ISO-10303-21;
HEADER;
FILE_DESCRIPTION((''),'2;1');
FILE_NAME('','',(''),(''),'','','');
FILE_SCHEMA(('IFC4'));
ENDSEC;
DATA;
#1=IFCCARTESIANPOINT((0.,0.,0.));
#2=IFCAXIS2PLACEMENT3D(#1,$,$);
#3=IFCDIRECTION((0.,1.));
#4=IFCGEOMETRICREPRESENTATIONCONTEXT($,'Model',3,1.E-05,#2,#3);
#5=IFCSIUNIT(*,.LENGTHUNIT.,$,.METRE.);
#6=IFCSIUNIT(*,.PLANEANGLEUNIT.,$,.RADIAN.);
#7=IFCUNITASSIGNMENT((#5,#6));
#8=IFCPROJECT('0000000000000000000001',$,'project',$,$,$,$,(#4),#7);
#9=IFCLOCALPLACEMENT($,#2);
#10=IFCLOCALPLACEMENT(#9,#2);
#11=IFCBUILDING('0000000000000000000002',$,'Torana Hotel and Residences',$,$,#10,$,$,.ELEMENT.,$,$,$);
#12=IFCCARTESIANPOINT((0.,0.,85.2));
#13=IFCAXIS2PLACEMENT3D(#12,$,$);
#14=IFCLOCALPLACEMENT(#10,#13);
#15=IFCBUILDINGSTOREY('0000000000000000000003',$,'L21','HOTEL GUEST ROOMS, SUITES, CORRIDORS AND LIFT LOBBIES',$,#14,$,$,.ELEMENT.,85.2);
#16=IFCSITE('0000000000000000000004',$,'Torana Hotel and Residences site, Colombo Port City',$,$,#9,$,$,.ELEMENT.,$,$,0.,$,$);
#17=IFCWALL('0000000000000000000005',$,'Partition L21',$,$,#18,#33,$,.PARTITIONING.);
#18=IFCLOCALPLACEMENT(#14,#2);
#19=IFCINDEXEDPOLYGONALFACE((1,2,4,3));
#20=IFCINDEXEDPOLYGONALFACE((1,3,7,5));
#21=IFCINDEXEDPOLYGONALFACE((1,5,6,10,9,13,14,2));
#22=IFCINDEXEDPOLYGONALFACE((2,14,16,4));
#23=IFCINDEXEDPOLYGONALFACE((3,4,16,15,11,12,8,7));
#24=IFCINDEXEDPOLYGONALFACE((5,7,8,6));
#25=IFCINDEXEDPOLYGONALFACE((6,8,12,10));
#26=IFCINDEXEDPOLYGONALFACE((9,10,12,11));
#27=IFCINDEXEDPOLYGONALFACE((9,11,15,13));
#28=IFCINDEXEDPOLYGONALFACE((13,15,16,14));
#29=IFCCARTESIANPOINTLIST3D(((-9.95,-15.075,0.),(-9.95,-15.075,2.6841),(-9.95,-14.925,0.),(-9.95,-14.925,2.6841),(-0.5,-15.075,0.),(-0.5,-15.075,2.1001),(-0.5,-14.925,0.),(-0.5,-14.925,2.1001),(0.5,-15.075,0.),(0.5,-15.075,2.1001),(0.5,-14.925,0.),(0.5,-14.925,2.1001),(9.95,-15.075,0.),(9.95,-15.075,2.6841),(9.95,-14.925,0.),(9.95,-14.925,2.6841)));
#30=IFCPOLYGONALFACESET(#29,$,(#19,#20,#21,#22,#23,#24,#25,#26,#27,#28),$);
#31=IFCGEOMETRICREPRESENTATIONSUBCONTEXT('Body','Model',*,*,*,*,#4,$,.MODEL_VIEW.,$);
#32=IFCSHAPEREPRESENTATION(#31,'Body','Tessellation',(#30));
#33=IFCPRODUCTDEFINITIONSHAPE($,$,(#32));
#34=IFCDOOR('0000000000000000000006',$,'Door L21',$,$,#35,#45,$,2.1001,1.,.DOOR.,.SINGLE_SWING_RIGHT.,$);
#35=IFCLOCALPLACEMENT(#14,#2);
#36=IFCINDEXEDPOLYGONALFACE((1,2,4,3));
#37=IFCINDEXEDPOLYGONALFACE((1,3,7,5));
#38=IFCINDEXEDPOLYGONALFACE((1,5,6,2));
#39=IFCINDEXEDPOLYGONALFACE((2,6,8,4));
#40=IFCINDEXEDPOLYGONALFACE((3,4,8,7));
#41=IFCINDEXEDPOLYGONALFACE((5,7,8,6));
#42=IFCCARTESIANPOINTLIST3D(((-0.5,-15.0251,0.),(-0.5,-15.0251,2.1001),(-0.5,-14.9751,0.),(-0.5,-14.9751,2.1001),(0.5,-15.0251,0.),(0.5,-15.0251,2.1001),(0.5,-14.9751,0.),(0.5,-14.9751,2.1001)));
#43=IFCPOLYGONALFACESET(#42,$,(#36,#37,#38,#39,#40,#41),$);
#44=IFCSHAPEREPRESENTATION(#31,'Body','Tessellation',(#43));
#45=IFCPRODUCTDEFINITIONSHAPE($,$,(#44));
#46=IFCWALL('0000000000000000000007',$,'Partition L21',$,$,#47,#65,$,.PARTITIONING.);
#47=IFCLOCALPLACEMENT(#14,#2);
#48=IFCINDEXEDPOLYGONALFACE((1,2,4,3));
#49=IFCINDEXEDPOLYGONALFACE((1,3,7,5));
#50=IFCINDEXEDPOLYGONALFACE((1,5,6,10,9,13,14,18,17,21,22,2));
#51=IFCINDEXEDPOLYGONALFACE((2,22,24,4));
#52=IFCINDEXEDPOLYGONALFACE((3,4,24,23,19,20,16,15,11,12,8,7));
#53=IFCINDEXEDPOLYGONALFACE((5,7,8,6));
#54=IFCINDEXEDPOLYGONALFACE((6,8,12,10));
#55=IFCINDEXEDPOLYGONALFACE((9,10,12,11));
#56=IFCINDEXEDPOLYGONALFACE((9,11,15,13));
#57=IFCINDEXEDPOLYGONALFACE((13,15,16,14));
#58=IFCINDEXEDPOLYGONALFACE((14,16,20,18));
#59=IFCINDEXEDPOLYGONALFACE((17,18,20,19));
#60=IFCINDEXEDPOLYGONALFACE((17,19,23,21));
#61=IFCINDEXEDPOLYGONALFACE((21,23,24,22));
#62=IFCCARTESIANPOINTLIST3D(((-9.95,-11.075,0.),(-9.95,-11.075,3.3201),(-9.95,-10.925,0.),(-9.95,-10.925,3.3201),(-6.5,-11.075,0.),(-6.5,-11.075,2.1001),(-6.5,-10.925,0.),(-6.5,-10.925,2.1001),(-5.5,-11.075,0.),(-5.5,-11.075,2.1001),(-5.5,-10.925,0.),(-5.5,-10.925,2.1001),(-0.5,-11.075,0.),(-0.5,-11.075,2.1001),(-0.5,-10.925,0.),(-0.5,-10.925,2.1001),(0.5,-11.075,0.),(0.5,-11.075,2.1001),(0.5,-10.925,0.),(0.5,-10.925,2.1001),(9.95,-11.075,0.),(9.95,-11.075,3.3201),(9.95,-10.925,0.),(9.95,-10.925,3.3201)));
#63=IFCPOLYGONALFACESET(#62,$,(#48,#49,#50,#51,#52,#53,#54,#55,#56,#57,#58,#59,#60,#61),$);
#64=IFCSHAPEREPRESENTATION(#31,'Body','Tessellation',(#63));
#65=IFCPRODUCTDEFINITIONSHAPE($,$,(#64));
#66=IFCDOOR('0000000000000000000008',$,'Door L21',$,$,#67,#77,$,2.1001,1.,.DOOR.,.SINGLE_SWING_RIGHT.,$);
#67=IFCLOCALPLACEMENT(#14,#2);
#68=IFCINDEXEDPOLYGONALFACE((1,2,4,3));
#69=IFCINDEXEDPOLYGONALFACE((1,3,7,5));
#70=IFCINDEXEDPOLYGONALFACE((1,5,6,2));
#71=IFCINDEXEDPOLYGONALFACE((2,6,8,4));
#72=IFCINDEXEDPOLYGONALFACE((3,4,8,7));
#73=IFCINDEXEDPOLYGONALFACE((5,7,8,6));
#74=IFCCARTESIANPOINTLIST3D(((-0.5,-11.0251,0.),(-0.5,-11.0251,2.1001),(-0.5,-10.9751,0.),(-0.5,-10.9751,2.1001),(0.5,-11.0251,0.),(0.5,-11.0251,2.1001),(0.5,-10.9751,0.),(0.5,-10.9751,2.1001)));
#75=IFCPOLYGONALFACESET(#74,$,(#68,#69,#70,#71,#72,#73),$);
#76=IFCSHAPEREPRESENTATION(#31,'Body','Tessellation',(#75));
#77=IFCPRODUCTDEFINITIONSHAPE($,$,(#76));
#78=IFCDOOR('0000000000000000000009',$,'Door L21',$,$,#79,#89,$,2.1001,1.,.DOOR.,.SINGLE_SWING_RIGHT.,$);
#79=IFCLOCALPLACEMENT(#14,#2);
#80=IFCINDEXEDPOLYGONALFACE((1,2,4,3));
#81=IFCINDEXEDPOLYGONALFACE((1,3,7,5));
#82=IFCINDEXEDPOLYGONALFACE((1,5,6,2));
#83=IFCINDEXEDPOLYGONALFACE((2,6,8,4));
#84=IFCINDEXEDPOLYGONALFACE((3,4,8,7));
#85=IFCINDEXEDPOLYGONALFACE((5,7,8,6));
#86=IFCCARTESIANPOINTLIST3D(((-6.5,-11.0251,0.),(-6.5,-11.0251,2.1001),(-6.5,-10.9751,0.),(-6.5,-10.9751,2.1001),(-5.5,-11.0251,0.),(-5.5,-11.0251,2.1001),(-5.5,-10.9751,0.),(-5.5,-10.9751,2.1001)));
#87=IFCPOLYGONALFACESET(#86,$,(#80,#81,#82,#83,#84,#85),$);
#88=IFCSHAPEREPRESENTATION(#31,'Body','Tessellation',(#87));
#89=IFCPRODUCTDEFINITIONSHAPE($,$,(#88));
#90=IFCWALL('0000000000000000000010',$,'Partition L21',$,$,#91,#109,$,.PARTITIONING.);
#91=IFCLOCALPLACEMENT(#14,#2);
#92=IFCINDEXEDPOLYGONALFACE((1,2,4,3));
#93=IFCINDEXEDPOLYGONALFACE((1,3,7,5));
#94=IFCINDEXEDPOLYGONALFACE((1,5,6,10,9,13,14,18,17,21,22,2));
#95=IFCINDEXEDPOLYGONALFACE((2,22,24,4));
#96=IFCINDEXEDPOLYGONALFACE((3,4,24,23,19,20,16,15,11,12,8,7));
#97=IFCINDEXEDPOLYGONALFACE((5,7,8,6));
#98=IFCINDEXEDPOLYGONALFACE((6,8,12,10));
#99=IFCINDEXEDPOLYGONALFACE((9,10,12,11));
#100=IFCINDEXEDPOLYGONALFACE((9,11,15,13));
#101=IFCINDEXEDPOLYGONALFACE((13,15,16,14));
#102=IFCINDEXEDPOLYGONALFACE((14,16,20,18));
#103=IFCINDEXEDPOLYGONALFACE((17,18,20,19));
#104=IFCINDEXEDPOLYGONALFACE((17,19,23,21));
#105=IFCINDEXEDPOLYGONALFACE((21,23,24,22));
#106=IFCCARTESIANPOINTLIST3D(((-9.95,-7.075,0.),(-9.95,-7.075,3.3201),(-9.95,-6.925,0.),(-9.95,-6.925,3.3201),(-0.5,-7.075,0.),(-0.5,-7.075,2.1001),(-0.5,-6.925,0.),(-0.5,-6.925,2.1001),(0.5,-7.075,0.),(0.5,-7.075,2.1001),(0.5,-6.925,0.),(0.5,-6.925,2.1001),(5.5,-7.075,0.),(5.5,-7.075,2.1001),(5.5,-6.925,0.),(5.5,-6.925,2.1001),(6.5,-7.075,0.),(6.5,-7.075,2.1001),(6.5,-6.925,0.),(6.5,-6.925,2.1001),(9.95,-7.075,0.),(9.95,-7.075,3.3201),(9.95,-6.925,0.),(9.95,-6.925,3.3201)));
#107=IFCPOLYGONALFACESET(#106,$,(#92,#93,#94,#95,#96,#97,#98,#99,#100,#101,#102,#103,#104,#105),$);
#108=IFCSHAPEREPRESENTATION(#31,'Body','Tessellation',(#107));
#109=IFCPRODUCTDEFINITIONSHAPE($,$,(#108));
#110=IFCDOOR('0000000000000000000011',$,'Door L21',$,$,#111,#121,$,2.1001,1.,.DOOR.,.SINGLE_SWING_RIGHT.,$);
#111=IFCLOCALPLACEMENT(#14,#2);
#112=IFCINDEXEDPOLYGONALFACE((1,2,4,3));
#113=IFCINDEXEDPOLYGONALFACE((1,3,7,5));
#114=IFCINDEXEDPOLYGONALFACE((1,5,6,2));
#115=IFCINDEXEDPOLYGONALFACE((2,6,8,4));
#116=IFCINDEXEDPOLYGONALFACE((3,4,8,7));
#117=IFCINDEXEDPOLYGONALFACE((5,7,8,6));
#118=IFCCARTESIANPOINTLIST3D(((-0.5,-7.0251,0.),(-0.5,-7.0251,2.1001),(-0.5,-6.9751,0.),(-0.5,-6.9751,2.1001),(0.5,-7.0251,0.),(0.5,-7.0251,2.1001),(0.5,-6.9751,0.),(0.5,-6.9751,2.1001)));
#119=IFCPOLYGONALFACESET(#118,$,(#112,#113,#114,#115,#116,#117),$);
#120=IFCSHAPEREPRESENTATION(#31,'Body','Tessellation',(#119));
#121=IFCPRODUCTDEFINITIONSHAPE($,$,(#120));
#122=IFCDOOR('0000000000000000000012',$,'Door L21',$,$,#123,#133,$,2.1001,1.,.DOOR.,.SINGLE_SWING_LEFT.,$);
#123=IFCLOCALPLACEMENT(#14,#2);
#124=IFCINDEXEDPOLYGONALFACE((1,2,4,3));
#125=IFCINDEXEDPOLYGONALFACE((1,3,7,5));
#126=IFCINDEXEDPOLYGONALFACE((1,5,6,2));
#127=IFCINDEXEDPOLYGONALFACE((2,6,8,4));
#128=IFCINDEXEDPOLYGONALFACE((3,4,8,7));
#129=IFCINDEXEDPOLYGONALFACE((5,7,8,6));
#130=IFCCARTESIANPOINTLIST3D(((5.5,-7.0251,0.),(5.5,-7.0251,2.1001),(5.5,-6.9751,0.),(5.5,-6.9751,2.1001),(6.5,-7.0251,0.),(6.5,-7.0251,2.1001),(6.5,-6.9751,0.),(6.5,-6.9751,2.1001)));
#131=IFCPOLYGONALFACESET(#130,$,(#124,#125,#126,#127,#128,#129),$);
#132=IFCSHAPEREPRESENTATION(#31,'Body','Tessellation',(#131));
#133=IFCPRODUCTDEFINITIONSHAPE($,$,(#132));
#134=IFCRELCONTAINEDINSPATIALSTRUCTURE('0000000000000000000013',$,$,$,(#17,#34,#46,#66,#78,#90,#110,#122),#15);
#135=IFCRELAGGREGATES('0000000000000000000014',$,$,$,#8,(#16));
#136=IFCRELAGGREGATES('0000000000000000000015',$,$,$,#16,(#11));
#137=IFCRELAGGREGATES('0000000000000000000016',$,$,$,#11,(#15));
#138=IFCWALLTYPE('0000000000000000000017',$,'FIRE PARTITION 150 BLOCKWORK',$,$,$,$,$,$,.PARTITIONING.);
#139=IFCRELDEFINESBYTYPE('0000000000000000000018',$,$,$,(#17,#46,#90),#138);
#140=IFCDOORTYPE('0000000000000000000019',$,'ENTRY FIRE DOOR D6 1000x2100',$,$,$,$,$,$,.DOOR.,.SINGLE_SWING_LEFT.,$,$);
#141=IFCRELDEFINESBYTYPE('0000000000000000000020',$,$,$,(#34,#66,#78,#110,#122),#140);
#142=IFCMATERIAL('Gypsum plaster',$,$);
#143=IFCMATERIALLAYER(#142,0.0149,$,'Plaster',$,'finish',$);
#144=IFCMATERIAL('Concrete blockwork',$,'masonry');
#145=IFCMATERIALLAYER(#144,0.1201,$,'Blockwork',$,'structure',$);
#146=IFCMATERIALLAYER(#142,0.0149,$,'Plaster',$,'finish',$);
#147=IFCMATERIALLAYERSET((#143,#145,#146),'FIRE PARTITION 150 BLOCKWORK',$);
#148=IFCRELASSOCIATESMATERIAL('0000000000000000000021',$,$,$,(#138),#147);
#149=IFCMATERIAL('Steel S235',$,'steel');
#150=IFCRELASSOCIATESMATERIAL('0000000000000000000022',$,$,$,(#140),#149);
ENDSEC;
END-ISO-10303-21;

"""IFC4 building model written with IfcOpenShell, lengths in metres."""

from ifc_helpers import new_model, si_unit, direction, frame, frame_2d, origin, place, context, subcontext, project, spatial, rectangle, extrude, material, layer, layer_set, type_object, element, fill, save


model = new_model("IFC4")

# Units and contexts
model_context = context("Model", 3, precision=1e-05, world=origin(), true_north=direction((0.0, 1.0)))
body_context = subcontext(model_context, "Body", "Model", "MODEL_VIEW")
ifc_project = project(units=[si_unit("LENGTHUNIT", "METRE"), si_unit("PLANEANGLEUNIT", "RADIAN")], contexts=[model_context])

# Site, building, storey
site_placement = place(None, origin())
site = spatial("IfcSite", under=ifc_project, at=site_placement, Name="Torana Hotel and Residences site, Colombo Port City", CompositionType="ELEMENT", RefElevation=0.0)
building_placement = place(site_placement, origin())
building = spatial("IfcBuilding", under=site, at=building_placement, Name="Torana Hotel and Residences", CompositionType="ELEMENT")
storey_placement = place(building_placement, frame((0.0, 0.0, 85.2)))
storey = spatial("IfcBuildingStorey", under=building, at=storey_placement, Name="L21", Description="HOTEL GUEST ROOMS, SUITES, CORRIDORS AND LIFT LOBBIES", CompositionType="ELEMENT", Elevation=85.2)

# Shared definitions
ifc_material_1 = material(Name="Gypsum plaster")
ifc_layer_1 = layer(ifc_material_1, 0.0149, Name="Plaster", Category="finish")
ifc_material_2 = material(Name="Concrete blockwork", Category="masonry")
ifc_layer_2 = layer(ifc_material_2, 0.1201, Name="Blockwork", Category="structure")
ifc_layer_3 = layer(ifc_material_1, 0.0149, Name="Plaster", Category="finish")
ifc_layer_set_1 = layer_set([ifc_layer_1, ifc_layer_2, ifc_layer_3], Name="FIRE PARTITION 150 BLOCKWORK")
wall_type_1 = type_object("IfcWallType", Name="FIRE PARTITION 150 BLOCKWORK", PredefinedType="PARTITIONING", material=ifc_layer_set_1)

# Wall, opening, door
wall_1_placement = place(storey_placement, frame((-9.95, -15.0, 0.0), z_axis=(0.0, 0.0, 1.0), x_axis=(1.0, 0.0, 0.0)))
wall_1 = element("IfcWall", 1, at=wall_1_placement, inside=storey, type_object=wall_type_1, Name="Partition L21", PredefinedType="PARTITIONING", context=body_context, shape_type="SweptSolid", body=[
    extrude(rectangle(XDim=19.8999, YDim=0.1499, at=frame_2d((9.95, 0.0))), origin(), (0.0, 0.0, 1.0), 2.6841),
])
opening_1_placement = place(wall_1_placement, frame((9.45, 0.0, 0.0)))
opening_1 = element("IfcOpeningElement", 2, at=opening_1_placement, cuts=wall_1, PredefinedType="OPENING", context=body_context, shape_type="SweptSolid", body=[
    extrude(rectangle(XDim=1.0, YDim=2.1001, at=frame_2d((0.5, 1.05))), frame((0.0, 0.085, 0.0), z_axis=(0.0, -1.0, 0.0), x_axis=(1.0, 0.0, 0.0)), (0.0, 0.0, 1.0), 0.1699),
])
ifc_material_3 = material(Name="Steel S235", Category="steel")
door_type = type_object("IfcDoorType", Name="ENTRY FIRE DOOR D6 1000x2100", OperationType="SINGLE_SWING_LEFT", PredefinedType="DOOR", material=ifc_material_3)
door_1_placement = place(opening_1_placement, origin())
door_1 = element("IfcDoor", 3, at=door_1_placement, inside=storey, type_object=door_type, Name="Door L21", OperationType="SINGLE_SWING_RIGHT", OverallHeight=2.1001, OverallWidth=1.0, PredefinedType="DOOR", context=body_context, shape_type="SweptSolid", body=[
    extrude(rectangle(XDim=1.0, YDim=2.1001, at=frame_2d((0.5, 1.05))), frame((0.0, 0.0249, 0.0), z_axis=(0.0, -1.0, 0.0), x_axis=(1.0, 0.0, 0.0)), (0.0, 0.0, 1.0), 0.05),
])
fill(opening_1, door_1)

# Walls, openings, doors
wall_2_placement = place(storey_placement, frame((-9.95, -11.0, 0.0), z_axis=(0.0, 0.0, 1.0), x_axis=(1.0, 0.0, 0.0)))
wall_2 = element("IfcWall", 4, at=wall_2_placement, inside=storey, type_object=wall_type_1, Name="Partition L21", PredefinedType="PARTITIONING", context=body_context, shape_type="SweptSolid", body=[
    extrude(rectangle(XDim=19.8999, YDim=0.1499, at=frame_2d((9.95, 0.0))), origin(), (0.0, 0.0, 1.0), 3.3201),
])
opening_2_placement = place(wall_2_placement, frame((9.45, 0.0, 0.0)))
opening_2 = element("IfcOpeningElement", 5, at=opening_2_placement, cuts=wall_2, PredefinedType="OPENING", context=body_context, shape_type="SweptSolid", body=[
    extrude(rectangle(XDim=1.0, YDim=2.1001, at=frame_2d((0.5, 1.05))), frame((0.0, 0.085, 0.0), z_axis=(0.0, -1.0, 0.0), x_axis=(1.0, 0.0, 0.0)), (0.0, 0.0, 1.0), 0.1699),
])
opening_3_placement = place(wall_2_placement, frame((3.45, 0.0, 0.0)))
opening_3 = element("IfcOpeningElement", 6, at=opening_3_placement, cuts=wall_2, PredefinedType="OPENING", context=body_context, shape_type="SweptSolid", body=[
    extrude(rectangle(XDim=1.0, YDim=2.1001, at=frame_2d((0.5, 1.05))), frame((0.0, 0.085, 0.0), z_axis=(0.0, -1.0, 0.0), x_axis=(1.0, 0.0, 0.0)), (0.0, 0.0, 1.0), 0.1699),
])
door_2_placement = place(opening_2_placement, origin())
door_2 = element("IfcDoor", 7, at=door_2_placement, inside=storey, type_object=door_type, Name="Door L21", OperationType="SINGLE_SWING_RIGHT", OverallHeight=2.1001, OverallWidth=1.0, PredefinedType="DOOR", context=body_context, shape_type="SweptSolid", body=[
    extrude(rectangle(XDim=1.0, YDim=2.1001, at=frame_2d((0.5, 1.05))), frame((0.0, 0.0249, 0.0), z_axis=(0.0, -1.0, 0.0), x_axis=(1.0, 0.0, 0.0)), (0.0, 0.0, 1.0), 0.05),
])
fill(opening_2, door_2)
door_3_placement = place(opening_3_placement, origin())
door_3 = element("IfcDoor", 8, at=door_3_placement, inside=storey, type_object=door_type, Name="Door L21", OperationType="SINGLE_SWING_RIGHT", OverallHeight=2.1001, OverallWidth=1.0, PredefinedType="DOOR", context=body_context, shape_type="SweptSolid", body=[
    extrude(rectangle(XDim=1.0, YDim=2.1001, at=frame_2d((0.5, 1.05))), frame((0.0, 0.0249, 0.0), z_axis=(0.0, -1.0, 0.0), x_axis=(1.0, 0.0, 0.0)), (0.0, 0.0, 1.0), 0.05),
])
fill(opening_3, door_3)
wall_3_placement = place(storey_placement, frame((-9.95, -7.0, 0.0), z_axis=(0.0, 0.0, 1.0), x_axis=(1.0, 0.0, 0.0)))
wall_3 = element("IfcWall", 9, at=wall_3_placement, inside=storey, type_object=wall_type_1, Name="Partition L21", PredefinedType="PARTITIONING", context=body_context, shape_type="SweptSolid", body=[
    extrude(rectangle(XDim=19.8999, YDim=0.1499, at=frame_2d((9.95, 0.0))), origin(), (0.0, 0.0, 1.0), 3.3201),
])
opening_4_placement = place(wall_3_placement, frame((9.45, 0.0, 0.0)))
opening_4 = element("IfcOpeningElement", 10, at=opening_4_placement, cuts=wall_3, PredefinedType="OPENING", context=body_context, shape_type="SweptSolid", body=[
    extrude(rectangle(XDim=1.0, YDim=2.1001, at=frame_2d((0.5, 1.05))), frame((0.0, 0.085, 0.0), z_axis=(0.0, -1.0, 0.0), x_axis=(1.0, 0.0, 0.0)), (0.0, 0.0, 1.0), 0.1699),
])
opening_5_placement = place(wall_3_placement, frame((15.45, 0.0, 0.0)))
opening_5 = element("IfcOpeningElement", 11, at=opening_5_placement, cuts=wall_3, PredefinedType="OPENING", context=body_context, shape_type="SweptSolid", body=[
    extrude(rectangle(XDim=1.0, YDim=2.1001, at=frame_2d((0.5, 1.05))), frame((0.0, 0.085, 0.0), z_axis=(0.0, -1.0, 0.0), x_axis=(1.0, 0.0, 0.0)), (0.0, 0.0, 1.0), 0.1699),
])
door_4_placement = place(opening_4_placement, origin())
door_4 = element("IfcDoor", 12, at=door_4_placement, inside=storey, type_object=door_type, Name="Door L21", OperationType="SINGLE_SWING_RIGHT", OverallHeight=2.1001, OverallWidth=1.0, PredefinedType="DOOR", context=body_context, shape_type="SweptSolid", body=[
    extrude(rectangle(XDim=1.0, YDim=2.1001, at=frame_2d((0.5, 1.05))), frame((0.0, 0.0249, 0.0), z_axis=(0.0, -1.0, 0.0), x_axis=(1.0, 0.0, 0.0)), (0.0, 0.0, 1.0), 0.05),
])
fill(opening_4, door_4)
door_5_placement = place(opening_5_placement, frame((0.5, 0.0, 0.0), z_axis=(0.0, 0.0, 1.0), x_axis=(-1.0, 0.0, 0.0)))
door_5 = element("IfcDoor", 13, at=door_5_placement, inside=storey, type_object=door_type, Name="Door L21", OperationType="SINGLE_SWING_LEFT", OverallHeight=2.1001, OverallWidth=1.0, PredefinedType="DOOR", context=body_context, shape_type="SweptSolid", body=[
    extrude(rectangle(XDim=1.0, YDim=2.1001, at=frame_2d((0.0, 1.05))), frame((0.0, -0.0249, 0.0), z_axis=(0.0, 1.0, 0.0), x_axis=(-1.0, 0.0, 0.0)), (0.0, 0.0, 1.0), 0.05),
])
fill(opening_5, door_5)

save(model, "model.ifc")
